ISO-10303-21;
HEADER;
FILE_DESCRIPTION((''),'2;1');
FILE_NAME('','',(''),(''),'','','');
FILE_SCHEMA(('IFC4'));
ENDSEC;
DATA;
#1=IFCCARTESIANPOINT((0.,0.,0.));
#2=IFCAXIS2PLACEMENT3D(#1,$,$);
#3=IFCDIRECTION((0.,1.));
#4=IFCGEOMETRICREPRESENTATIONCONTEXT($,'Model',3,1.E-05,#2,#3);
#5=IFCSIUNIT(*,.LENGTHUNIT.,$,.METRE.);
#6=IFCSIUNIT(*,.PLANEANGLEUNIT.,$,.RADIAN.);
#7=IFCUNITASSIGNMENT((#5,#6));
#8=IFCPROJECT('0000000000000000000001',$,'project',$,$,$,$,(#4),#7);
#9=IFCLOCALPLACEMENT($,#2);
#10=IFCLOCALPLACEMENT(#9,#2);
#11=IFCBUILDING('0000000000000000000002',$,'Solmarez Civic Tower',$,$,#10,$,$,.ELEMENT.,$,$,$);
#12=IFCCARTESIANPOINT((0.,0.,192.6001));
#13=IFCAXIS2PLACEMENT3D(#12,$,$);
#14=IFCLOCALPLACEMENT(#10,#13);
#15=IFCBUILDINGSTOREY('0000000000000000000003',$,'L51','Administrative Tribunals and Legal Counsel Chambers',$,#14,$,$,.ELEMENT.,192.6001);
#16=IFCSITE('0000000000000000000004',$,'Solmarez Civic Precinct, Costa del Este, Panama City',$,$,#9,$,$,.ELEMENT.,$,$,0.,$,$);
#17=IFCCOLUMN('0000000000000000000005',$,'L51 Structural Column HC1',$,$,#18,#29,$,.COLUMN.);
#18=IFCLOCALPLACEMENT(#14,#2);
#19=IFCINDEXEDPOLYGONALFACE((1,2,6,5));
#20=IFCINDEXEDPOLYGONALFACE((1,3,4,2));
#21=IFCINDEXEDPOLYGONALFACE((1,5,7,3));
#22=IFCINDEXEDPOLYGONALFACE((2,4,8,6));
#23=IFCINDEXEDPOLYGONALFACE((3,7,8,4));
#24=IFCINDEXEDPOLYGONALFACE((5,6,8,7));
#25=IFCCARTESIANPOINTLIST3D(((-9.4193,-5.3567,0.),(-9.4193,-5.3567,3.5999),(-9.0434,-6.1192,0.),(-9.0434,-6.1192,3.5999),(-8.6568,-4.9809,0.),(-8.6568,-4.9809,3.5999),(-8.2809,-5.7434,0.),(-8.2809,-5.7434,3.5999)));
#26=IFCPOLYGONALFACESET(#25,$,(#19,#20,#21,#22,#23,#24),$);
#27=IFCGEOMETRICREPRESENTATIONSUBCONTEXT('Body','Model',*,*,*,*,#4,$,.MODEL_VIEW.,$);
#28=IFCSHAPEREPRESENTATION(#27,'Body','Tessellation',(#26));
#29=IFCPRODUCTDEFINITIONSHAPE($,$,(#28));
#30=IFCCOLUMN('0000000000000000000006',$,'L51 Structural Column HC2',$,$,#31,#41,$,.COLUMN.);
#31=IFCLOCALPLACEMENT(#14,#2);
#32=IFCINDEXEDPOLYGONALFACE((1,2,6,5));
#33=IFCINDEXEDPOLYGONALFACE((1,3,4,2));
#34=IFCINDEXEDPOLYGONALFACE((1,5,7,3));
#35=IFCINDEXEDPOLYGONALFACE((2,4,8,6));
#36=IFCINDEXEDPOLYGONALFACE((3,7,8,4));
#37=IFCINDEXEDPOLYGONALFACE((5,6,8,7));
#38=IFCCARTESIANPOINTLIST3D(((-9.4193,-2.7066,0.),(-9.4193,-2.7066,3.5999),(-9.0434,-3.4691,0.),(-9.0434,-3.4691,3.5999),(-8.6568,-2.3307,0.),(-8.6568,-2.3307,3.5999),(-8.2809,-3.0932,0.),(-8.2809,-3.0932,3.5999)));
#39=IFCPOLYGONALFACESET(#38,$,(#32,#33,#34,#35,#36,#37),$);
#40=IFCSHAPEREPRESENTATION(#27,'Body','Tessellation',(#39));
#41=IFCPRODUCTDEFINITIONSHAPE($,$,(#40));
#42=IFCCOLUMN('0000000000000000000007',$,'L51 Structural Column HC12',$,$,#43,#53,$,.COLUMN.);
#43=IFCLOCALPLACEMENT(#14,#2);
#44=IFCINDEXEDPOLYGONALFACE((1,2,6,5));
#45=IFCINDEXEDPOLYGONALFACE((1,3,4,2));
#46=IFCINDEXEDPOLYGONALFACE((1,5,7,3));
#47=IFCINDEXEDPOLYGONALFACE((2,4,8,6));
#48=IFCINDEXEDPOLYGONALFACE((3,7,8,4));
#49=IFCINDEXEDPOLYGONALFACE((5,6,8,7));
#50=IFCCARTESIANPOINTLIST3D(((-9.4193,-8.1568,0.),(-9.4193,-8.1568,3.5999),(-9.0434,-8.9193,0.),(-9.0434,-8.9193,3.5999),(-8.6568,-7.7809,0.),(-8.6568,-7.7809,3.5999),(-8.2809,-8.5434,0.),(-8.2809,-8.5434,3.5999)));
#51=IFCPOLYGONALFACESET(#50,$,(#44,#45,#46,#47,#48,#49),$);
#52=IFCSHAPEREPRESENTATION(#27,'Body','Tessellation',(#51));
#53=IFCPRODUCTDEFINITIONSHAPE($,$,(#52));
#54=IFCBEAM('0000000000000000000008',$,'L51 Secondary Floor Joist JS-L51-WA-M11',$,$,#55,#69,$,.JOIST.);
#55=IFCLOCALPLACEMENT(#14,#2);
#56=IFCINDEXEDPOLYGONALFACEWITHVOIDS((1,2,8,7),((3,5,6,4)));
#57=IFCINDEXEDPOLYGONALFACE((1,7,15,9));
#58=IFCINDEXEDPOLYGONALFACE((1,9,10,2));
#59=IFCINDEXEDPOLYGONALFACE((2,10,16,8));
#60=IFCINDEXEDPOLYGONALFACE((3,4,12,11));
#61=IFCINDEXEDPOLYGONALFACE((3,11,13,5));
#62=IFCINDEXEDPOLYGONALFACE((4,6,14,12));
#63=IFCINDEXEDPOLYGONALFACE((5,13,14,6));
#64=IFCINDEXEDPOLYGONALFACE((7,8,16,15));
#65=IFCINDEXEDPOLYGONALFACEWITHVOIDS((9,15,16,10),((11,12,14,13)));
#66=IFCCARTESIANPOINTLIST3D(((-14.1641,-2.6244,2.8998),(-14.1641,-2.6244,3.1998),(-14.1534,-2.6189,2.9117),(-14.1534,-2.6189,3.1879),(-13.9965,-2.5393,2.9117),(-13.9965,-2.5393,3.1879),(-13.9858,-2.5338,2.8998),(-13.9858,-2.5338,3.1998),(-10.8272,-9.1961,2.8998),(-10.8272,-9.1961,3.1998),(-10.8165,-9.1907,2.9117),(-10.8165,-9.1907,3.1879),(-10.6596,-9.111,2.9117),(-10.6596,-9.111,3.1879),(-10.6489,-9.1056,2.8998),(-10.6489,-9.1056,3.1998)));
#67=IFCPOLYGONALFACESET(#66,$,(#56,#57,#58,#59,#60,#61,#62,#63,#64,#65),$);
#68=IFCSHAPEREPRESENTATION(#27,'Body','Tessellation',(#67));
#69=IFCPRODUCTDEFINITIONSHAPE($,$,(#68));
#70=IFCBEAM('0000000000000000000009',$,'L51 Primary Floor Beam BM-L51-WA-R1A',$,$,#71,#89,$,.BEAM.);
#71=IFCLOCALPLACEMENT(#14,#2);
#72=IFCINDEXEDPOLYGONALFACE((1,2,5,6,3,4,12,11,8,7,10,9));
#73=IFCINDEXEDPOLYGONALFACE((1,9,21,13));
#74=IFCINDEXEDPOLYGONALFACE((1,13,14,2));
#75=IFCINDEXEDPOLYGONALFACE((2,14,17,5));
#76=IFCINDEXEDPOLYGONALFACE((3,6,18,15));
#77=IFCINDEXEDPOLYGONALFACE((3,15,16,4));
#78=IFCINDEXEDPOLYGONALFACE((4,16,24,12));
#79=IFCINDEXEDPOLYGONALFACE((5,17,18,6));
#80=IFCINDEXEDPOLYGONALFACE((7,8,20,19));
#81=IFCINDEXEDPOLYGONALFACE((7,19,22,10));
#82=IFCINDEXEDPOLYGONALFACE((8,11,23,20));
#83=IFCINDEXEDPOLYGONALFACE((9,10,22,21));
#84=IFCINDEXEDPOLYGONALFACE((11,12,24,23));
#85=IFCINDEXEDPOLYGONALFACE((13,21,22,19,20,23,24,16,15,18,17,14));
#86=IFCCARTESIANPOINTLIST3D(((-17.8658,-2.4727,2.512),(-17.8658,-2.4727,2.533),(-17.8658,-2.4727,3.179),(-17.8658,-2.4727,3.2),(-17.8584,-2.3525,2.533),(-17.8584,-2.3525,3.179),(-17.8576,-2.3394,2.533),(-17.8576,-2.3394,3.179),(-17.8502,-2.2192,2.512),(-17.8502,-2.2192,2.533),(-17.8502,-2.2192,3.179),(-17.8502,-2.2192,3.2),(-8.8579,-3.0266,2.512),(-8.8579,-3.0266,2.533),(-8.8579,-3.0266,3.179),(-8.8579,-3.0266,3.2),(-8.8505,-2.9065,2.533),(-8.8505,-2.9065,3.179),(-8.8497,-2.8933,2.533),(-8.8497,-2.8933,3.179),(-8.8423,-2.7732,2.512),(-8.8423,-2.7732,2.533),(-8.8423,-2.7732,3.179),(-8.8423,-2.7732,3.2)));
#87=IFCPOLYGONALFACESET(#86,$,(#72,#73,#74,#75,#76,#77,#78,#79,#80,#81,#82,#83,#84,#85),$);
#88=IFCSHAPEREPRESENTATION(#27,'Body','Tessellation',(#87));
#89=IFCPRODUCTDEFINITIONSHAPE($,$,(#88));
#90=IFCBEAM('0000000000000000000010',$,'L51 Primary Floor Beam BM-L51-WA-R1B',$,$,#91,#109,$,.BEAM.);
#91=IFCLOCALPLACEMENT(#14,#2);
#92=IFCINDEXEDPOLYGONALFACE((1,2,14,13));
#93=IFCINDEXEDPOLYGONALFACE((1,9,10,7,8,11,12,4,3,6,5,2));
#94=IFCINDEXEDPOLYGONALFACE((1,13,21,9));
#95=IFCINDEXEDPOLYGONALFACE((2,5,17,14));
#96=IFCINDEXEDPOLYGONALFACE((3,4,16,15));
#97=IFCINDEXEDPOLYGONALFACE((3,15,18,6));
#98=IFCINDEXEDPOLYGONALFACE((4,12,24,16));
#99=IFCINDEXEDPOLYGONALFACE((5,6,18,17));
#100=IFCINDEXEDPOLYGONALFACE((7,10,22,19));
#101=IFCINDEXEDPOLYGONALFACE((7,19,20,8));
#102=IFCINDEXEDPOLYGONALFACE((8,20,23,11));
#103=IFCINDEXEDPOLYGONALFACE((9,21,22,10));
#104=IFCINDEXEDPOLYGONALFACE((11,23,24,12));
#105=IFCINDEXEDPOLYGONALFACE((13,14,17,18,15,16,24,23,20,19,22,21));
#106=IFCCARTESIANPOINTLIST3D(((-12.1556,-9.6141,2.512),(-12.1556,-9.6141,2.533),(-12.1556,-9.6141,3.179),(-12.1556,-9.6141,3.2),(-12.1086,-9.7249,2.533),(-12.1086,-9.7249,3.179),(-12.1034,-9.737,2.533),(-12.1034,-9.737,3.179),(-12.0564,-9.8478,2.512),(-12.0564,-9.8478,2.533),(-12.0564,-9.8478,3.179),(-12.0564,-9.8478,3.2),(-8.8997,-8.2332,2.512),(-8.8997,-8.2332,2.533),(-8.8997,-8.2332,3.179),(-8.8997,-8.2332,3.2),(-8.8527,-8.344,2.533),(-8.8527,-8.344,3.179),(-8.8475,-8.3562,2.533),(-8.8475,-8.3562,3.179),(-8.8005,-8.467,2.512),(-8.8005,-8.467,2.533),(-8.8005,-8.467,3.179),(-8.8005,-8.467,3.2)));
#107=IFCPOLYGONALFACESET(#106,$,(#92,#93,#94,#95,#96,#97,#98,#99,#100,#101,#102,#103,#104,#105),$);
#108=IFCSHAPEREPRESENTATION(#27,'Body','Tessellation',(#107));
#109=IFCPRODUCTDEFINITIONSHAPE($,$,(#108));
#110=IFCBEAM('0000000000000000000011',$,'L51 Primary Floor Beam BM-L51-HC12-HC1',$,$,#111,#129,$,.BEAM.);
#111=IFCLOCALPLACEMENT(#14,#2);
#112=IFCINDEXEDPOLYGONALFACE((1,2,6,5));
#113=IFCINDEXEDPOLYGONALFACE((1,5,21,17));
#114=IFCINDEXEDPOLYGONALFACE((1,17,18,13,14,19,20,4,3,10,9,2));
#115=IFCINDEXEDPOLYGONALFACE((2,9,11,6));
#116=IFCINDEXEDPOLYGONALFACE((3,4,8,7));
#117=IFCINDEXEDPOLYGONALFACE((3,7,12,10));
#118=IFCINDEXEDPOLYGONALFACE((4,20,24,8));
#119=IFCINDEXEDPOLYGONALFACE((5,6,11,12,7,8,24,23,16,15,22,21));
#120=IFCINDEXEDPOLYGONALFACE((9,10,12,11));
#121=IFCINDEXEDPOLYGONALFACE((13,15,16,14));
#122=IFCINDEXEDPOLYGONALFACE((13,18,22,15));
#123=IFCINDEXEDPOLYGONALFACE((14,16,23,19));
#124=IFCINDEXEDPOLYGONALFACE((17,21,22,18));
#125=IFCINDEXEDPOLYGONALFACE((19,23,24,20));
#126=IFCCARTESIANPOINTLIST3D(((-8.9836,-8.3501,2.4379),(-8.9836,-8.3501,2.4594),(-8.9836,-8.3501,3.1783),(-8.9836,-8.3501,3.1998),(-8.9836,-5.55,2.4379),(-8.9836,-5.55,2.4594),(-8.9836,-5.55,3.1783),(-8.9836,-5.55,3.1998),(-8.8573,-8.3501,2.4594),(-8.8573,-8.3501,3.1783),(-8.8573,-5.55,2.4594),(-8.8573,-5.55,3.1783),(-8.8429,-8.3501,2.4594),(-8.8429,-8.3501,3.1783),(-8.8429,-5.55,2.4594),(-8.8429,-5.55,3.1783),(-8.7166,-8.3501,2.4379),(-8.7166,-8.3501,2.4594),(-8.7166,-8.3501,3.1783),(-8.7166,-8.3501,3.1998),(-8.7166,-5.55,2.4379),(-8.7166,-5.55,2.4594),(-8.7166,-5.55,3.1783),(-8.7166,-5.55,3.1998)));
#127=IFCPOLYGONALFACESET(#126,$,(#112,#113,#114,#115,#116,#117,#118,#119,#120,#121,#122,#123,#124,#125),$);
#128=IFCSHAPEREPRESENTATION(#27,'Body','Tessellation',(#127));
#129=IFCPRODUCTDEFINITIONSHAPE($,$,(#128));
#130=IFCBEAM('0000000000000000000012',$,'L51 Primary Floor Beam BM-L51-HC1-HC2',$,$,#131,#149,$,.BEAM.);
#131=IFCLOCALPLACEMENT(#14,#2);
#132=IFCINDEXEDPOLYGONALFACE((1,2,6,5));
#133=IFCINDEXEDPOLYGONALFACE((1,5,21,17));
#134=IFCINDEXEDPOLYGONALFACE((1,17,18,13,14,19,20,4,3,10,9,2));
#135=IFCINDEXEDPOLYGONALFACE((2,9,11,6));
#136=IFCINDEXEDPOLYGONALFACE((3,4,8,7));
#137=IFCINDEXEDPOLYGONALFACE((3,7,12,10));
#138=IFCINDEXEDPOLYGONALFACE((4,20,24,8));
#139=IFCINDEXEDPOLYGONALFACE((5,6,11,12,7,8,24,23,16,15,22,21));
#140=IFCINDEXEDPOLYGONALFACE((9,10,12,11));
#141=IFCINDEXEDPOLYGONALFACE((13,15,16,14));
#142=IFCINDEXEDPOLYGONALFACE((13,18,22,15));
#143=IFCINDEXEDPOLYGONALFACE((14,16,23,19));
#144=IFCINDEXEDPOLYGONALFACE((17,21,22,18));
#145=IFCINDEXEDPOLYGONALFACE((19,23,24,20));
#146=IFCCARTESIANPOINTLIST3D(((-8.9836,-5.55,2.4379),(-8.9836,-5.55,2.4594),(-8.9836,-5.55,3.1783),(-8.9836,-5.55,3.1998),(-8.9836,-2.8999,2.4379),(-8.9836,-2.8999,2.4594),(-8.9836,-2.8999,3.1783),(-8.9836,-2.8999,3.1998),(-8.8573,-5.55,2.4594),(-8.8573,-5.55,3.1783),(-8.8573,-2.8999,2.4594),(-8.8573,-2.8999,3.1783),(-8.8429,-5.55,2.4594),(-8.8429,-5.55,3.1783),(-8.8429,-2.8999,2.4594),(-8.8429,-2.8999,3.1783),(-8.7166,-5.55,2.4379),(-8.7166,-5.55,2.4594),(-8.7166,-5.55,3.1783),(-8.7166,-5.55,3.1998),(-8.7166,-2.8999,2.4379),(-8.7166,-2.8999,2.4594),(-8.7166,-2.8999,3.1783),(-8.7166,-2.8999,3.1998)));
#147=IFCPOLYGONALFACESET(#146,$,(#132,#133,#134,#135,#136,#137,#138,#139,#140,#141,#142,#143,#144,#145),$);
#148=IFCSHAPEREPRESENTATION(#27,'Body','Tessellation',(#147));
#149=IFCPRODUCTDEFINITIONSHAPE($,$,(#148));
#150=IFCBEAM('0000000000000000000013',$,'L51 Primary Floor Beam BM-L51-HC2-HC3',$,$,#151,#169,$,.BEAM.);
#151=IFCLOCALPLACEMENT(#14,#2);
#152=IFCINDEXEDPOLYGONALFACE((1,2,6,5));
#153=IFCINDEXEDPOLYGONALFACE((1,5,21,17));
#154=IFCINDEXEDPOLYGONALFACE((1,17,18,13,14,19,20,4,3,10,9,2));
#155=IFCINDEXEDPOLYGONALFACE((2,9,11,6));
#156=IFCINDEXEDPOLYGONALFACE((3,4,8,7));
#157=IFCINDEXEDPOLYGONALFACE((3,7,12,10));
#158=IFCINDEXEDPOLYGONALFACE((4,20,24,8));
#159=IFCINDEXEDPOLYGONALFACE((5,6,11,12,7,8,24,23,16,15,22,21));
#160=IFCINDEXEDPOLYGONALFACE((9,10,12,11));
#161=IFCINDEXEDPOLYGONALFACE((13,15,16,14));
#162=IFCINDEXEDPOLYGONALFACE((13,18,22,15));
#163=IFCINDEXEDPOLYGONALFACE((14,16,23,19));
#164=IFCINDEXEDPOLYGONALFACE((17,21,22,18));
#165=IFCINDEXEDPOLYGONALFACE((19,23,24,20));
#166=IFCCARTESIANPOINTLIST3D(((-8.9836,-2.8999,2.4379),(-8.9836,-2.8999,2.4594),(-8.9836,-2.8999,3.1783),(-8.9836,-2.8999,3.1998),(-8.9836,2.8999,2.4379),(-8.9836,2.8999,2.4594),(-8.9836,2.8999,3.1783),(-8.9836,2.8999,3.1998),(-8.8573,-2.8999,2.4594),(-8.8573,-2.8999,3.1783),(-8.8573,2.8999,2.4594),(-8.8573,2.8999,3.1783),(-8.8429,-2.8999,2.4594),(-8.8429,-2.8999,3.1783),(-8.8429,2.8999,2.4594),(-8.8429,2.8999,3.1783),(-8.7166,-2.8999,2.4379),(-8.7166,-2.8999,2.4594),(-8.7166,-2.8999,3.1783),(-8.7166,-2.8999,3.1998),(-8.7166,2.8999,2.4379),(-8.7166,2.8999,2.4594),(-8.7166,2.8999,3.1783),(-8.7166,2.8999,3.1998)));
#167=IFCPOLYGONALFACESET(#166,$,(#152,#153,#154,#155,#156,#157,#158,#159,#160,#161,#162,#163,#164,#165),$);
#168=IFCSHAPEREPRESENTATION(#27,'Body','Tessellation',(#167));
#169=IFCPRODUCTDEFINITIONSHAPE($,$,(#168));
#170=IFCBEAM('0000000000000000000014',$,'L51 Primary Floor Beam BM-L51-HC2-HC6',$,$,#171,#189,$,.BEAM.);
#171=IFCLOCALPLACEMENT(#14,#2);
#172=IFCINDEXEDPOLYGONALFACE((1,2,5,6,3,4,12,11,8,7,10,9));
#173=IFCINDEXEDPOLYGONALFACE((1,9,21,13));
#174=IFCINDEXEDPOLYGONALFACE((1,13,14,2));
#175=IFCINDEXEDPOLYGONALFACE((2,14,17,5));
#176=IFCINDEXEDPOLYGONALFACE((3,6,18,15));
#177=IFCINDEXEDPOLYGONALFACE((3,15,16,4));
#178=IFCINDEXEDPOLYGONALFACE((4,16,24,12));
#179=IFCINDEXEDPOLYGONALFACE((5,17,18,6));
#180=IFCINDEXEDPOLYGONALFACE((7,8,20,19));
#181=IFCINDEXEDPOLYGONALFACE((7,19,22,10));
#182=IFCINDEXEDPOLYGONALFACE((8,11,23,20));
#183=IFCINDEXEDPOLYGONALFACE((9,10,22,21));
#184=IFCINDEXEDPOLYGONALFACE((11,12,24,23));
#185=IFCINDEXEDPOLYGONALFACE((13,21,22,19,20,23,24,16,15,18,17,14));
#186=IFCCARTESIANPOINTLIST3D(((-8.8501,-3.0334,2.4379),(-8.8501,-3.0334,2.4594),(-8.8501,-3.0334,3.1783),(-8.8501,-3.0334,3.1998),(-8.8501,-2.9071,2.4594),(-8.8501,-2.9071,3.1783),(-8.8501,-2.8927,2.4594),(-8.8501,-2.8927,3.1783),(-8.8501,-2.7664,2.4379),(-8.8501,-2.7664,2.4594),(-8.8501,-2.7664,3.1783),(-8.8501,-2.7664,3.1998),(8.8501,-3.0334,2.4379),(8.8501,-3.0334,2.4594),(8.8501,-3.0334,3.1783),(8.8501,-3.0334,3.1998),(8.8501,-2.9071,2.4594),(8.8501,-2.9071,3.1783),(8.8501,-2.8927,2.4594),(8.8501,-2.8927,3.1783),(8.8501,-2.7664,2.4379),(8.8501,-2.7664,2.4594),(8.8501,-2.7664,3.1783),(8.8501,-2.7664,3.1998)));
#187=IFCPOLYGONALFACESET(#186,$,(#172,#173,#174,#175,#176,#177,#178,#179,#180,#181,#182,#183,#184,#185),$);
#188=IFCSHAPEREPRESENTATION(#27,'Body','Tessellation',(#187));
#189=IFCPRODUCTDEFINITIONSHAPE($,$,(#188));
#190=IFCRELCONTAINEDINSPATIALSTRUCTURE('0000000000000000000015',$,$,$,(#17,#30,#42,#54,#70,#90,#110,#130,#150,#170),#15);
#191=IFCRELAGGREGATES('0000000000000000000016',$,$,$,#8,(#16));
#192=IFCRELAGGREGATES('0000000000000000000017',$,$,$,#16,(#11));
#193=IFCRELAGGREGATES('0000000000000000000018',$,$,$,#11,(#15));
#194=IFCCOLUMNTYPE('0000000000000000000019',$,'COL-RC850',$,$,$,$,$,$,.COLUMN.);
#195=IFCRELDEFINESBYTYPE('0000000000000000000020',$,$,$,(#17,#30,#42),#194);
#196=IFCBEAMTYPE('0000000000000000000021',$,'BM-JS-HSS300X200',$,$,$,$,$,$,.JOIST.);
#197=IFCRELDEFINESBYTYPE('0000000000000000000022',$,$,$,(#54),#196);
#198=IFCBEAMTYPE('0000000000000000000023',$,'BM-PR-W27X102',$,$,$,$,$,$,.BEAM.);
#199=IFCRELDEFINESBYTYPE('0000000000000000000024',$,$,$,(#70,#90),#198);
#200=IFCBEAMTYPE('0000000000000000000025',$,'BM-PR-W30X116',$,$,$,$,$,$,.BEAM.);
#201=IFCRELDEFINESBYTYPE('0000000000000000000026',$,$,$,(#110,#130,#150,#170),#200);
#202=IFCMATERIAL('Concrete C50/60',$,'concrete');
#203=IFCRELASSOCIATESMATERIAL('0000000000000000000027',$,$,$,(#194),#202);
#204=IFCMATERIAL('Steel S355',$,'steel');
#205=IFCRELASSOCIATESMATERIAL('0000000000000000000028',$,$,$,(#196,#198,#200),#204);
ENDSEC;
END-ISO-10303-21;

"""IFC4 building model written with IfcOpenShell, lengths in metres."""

from ifc_helpers import new_model, si_unit, direction, frame, origin, origin_2d, place, context, subcontext, project, spatial, rectangle, hollow_rectangle, i_section, extrude, material, material_profile, profile_set, type_object, element, save


model = new_model("IFC4")

# Units and contexts
model_context = context("Model", 3, precision=1e-05, world=origin(), true_north=direction((0.0, 1.0)))
body_context = subcontext(model_context, "Body", "Model", "MODEL_VIEW")
ifc_project = project(units=[si_unit("LENGTHUNIT", "METRE"), si_unit("PLANEANGLEUNIT", "RADIAN")], contexts=[model_context])

# Site, building, storey
site_placement = place(None, origin())
site = spatial("IfcSite", under=ifc_project, at=site_placement, Name="Solmarez Civic Precinct, Costa del Este, Panama City", CompositionType="ELEMENT", RefElevation=0.0)
building_placement = place(site_placement, origin())
building = spatial("IfcBuilding", under=site, at=building_placement, Name="Solmarez Civic Tower", CompositionType="ELEMENT")
storey_placement = place(building_placement, frame((0.0, 0.0, 192.6001)))
storey = spatial("IfcBuildingStorey", under=building, at=storey_placement, Name="L51", Description="Administrative Tribunals and Legal Counsel Chambers", CompositionType="ELEMENT", Elevation=192.6001)

# Columns
ifc_material_1 = material(Name="Concrete C50/60", Category="concrete")
ifc_material_profile_1 = material_profile(ifc_material_1, rectangle(XDim=0.8501, YDim=0.8501, at=origin_2d()), Name="RC850X850")
ifc_profile_set_1 = profile_set([ifc_material_profile_1], Name="Concrete C50/60")
column_type = type_object("IfcColumnType", Name="COL-RC850", PredefinedType="COLUMN", material=ifc_profile_set_1)
for number, where, z_axis, x_axis, name in (
    (1, (-8.8501, -5.55, 0.0), (0.0, 0.0, 1.0), (0.89695, 0.442132, 0.0), "L51 Structural Column HC1"),
    (2, (-8.8501, -2.8999, 0.0), (0.0, 0.0, 1.0), (0.89695, 0.442132, 0.0), "L51 Structural Column HC2"),
    (3, (-8.8501, -8.3501, 0.0), (0.0, 0.0, 1.0), (0.89695, 0.442132, 0.0), "L51 Structural Column HC12"),
):
    element("IfcColumn", number, at=place(storey_placement, frame(where, z_axis=z_axis, x_axis=x_axis)), inside=storey, type_object=column_type, Name=name, PredefinedType="COLUMN", context=body_context, shape_type="SweptSolid", body=[
        extrude(rectangle(XDim=0.8501, YDim=0.8501, at=origin_2d()), origin(), (0.0, 0.0, 1.0), 3.5999),
    ])

# Beams
ifc_material_2 = material(Name="Steel S355", Category="steel")
ifc_material_profile_2 = material_profile(ifc_material_2, hollow_rectangle(XDim=0.2, YDim=0.3, WallThickness=0.012, at=origin_2d()), Name="HSS300X200X12")
ifc_profile_set_2 = profile_set([ifc_material_profile_2], Name="Steel S355")
beam_type_1 = type_object("IfcBeamType", Name="BM-JS-HSS300X200", PredefinedType="JOIST", material=ifc_profile_set_2)
beam_1_placement = place(storey_placement, frame((-14.075, -2.5791, 3.0498), z_axis=(0.452743, -0.891641, 0.0), x_axis=(0.891641, 0.452743, 0.0)))
element("IfcBeam", 4, at=beam_1_placement, inside=storey, type_object=beam_type_1, Name="L51 Secondary Floor Joist JS-L51-WA-M11", PredefinedType="JOIST", context=body_context, shape_type="SweptSolid", body=[
    extrude(hollow_rectangle(XDim=0.2, YDim=0.3, WallThickness=0.012, at=origin_2d()), origin(), (0.0, 0.0, 1.0), 7.3704),
])
ifc_material_profile_3 = material_profile(ifc_material_2, i_section(OverallWidth=0.2539, OverallDepth=0.688, WebThickness=0.0132, FlangeThickness=0.021, at=origin_2d()), Name="W27X102")
ifc_profile_set_3 = profile_set([ifc_material_profile_3], Name="Steel S355")
beam_type_2 = type_object("IfcBeamType", Name="BM-PR-W27X102", PredefinedType="BEAM", material=ifc_profile_set_3)
beam_2_placement = place(storey_placement, frame((-8.8501, -2.8999, 2.856), z_axis=(-0.998114, 0.061381, 0.0), x_axis=(-0.061381, -0.998114, 0.0)))
element("IfcBeam", 5, at=beam_2_placement, inside=storey, type_object=beam_type_2, Name="L51 Primary Floor Beam BM-L51-WA-R1A", PredefinedType="BEAM", context=body_context, shape_type="SweptSolid", body=[
    extrude(i_section(OverallWidth=0.2539, OverallDepth=0.688, WebThickness=0.0132, FlangeThickness=0.021, at=origin_2d()), origin(), (0.0, 0.0, 1.0), 9.0249),
])
beam_3_placement = place(storey_placement, frame((-8.8501, -8.3501, 2.856), z_axis=(-0.920624, -0.390451, 0.0), x_axis=(0.390451, -0.920624, 0.0)))
element("IfcBeam", 6, at=beam_3_placement, inside=storey, type_object=beam_type_2, Name="L51 Primary Floor Beam BM-L51-WA-R1B", PredefinedType="BEAM", context=body_context, shape_type="SweptSolid", body=[
    extrude(i_section(OverallWidth=0.2539, OverallDepth=0.688, WebThickness=0.0132, FlangeThickness=0.021, at=origin_2d()), origin(), (0.0, 0.0, 1.0), 3.5366),
])
ifc_material_profile_4 = material_profile(ifc_material_2, i_section(OverallWidth=0.2671, OverallDepth=0.762, WebThickness=0.0144, FlangeThickness=0.0215, at=origin_2d()), Name="W30X116")
ifc_profile_set_4 = profile_set([ifc_material_profile_4], Name="Steel S355")
beam_type_3 = type_object("IfcBeamType", Name="BM-PR-W30X116", PredefinedType="BEAM", material=ifc_profile_set_4)
beam_4_placement = place(storey_placement, frame((-8.8501, -8.3501, 2.8188), z_axis=(0.0, 1.0, 0.0), x_axis=(-1.0, 0.0, 0.0)))
element("IfcBeam", 7, at=beam_4_placement, inside=storey, type_object=beam_type_3, Name="L51 Primary Floor Beam BM-L51-HC12-HC1", PredefinedType="BEAM", context=body_context, shape_type="SweptSolid", body=[
    extrude(i_section(OverallWidth=0.2671, OverallDepth=0.762, WebThickness=0.0144, FlangeThickness=0.0215, at=origin_2d()), origin(), (0.0, 0.0, 1.0), 2.8),
])
beam_5_placement = place(storey_placement, frame((-8.8501, -5.55, 2.8188), z_axis=(0.0, 1.0, 0.0), x_axis=(-1.0, 0.0, 0.0)))
element("IfcBeam", 8, at=beam_5_placement, inside=storey, type_object=beam_type_3, Name="L51 Primary Floor Beam BM-L51-HC1-HC2", PredefinedType="BEAM", context=body_context, shape_type="SweptSolid", body=[
    extrude(i_section(OverallWidth=0.2671, OverallDepth=0.762, WebThickness=0.0144, FlangeThickness=0.0215, at=origin_2d()), origin(), (0.0, 0.0, 1.0), 2.6501),
])
beam_6_placement = place(storey_placement, frame((-8.8501, -2.8999, 2.8188), z_axis=(0.0, 1.0, 0.0), x_axis=(-1.0, 0.0, 0.0)))
element("IfcBeam", 9, at=beam_6_placement, inside=storey, type_object=beam_type_3, Name="L51 Primary Floor Beam BM-L51-HC2-HC3", PredefinedType="BEAM", context=body_context, shape_type="SweptSolid", body=[
    extrude(i_section(OverallWidth=0.2671, OverallDepth=0.762, WebThickness=0.0144, FlangeThickness=0.0215, at=origin_2d()), origin(), (0.0, 0.0, 1.0), 5.7998),
])
beam_7_placement = place(storey_placement, frame((-8.8501, -2.8999, 2.8188), z_axis=(1.0, 0.0, 0.0), x_axis=(0.0, 1.0, 0.0)))
element("IfcBeam", 10, at=beam_7_placement, inside=storey, type_object=beam_type_3, Name="L51 Primary Floor Beam BM-L51-HC2-HC6", PredefinedType="BEAM", context=body_context, shape_type="SweptSolid", body=[
    extrude(i_section(OverallWidth=0.2671, OverallDepth=0.762, WebThickness=0.0144, FlangeThickness=0.0215, at=origin_2d()), origin(), (0.0, 0.0, 1.0), 17.7002),
])

save(model, "model.ifc")
